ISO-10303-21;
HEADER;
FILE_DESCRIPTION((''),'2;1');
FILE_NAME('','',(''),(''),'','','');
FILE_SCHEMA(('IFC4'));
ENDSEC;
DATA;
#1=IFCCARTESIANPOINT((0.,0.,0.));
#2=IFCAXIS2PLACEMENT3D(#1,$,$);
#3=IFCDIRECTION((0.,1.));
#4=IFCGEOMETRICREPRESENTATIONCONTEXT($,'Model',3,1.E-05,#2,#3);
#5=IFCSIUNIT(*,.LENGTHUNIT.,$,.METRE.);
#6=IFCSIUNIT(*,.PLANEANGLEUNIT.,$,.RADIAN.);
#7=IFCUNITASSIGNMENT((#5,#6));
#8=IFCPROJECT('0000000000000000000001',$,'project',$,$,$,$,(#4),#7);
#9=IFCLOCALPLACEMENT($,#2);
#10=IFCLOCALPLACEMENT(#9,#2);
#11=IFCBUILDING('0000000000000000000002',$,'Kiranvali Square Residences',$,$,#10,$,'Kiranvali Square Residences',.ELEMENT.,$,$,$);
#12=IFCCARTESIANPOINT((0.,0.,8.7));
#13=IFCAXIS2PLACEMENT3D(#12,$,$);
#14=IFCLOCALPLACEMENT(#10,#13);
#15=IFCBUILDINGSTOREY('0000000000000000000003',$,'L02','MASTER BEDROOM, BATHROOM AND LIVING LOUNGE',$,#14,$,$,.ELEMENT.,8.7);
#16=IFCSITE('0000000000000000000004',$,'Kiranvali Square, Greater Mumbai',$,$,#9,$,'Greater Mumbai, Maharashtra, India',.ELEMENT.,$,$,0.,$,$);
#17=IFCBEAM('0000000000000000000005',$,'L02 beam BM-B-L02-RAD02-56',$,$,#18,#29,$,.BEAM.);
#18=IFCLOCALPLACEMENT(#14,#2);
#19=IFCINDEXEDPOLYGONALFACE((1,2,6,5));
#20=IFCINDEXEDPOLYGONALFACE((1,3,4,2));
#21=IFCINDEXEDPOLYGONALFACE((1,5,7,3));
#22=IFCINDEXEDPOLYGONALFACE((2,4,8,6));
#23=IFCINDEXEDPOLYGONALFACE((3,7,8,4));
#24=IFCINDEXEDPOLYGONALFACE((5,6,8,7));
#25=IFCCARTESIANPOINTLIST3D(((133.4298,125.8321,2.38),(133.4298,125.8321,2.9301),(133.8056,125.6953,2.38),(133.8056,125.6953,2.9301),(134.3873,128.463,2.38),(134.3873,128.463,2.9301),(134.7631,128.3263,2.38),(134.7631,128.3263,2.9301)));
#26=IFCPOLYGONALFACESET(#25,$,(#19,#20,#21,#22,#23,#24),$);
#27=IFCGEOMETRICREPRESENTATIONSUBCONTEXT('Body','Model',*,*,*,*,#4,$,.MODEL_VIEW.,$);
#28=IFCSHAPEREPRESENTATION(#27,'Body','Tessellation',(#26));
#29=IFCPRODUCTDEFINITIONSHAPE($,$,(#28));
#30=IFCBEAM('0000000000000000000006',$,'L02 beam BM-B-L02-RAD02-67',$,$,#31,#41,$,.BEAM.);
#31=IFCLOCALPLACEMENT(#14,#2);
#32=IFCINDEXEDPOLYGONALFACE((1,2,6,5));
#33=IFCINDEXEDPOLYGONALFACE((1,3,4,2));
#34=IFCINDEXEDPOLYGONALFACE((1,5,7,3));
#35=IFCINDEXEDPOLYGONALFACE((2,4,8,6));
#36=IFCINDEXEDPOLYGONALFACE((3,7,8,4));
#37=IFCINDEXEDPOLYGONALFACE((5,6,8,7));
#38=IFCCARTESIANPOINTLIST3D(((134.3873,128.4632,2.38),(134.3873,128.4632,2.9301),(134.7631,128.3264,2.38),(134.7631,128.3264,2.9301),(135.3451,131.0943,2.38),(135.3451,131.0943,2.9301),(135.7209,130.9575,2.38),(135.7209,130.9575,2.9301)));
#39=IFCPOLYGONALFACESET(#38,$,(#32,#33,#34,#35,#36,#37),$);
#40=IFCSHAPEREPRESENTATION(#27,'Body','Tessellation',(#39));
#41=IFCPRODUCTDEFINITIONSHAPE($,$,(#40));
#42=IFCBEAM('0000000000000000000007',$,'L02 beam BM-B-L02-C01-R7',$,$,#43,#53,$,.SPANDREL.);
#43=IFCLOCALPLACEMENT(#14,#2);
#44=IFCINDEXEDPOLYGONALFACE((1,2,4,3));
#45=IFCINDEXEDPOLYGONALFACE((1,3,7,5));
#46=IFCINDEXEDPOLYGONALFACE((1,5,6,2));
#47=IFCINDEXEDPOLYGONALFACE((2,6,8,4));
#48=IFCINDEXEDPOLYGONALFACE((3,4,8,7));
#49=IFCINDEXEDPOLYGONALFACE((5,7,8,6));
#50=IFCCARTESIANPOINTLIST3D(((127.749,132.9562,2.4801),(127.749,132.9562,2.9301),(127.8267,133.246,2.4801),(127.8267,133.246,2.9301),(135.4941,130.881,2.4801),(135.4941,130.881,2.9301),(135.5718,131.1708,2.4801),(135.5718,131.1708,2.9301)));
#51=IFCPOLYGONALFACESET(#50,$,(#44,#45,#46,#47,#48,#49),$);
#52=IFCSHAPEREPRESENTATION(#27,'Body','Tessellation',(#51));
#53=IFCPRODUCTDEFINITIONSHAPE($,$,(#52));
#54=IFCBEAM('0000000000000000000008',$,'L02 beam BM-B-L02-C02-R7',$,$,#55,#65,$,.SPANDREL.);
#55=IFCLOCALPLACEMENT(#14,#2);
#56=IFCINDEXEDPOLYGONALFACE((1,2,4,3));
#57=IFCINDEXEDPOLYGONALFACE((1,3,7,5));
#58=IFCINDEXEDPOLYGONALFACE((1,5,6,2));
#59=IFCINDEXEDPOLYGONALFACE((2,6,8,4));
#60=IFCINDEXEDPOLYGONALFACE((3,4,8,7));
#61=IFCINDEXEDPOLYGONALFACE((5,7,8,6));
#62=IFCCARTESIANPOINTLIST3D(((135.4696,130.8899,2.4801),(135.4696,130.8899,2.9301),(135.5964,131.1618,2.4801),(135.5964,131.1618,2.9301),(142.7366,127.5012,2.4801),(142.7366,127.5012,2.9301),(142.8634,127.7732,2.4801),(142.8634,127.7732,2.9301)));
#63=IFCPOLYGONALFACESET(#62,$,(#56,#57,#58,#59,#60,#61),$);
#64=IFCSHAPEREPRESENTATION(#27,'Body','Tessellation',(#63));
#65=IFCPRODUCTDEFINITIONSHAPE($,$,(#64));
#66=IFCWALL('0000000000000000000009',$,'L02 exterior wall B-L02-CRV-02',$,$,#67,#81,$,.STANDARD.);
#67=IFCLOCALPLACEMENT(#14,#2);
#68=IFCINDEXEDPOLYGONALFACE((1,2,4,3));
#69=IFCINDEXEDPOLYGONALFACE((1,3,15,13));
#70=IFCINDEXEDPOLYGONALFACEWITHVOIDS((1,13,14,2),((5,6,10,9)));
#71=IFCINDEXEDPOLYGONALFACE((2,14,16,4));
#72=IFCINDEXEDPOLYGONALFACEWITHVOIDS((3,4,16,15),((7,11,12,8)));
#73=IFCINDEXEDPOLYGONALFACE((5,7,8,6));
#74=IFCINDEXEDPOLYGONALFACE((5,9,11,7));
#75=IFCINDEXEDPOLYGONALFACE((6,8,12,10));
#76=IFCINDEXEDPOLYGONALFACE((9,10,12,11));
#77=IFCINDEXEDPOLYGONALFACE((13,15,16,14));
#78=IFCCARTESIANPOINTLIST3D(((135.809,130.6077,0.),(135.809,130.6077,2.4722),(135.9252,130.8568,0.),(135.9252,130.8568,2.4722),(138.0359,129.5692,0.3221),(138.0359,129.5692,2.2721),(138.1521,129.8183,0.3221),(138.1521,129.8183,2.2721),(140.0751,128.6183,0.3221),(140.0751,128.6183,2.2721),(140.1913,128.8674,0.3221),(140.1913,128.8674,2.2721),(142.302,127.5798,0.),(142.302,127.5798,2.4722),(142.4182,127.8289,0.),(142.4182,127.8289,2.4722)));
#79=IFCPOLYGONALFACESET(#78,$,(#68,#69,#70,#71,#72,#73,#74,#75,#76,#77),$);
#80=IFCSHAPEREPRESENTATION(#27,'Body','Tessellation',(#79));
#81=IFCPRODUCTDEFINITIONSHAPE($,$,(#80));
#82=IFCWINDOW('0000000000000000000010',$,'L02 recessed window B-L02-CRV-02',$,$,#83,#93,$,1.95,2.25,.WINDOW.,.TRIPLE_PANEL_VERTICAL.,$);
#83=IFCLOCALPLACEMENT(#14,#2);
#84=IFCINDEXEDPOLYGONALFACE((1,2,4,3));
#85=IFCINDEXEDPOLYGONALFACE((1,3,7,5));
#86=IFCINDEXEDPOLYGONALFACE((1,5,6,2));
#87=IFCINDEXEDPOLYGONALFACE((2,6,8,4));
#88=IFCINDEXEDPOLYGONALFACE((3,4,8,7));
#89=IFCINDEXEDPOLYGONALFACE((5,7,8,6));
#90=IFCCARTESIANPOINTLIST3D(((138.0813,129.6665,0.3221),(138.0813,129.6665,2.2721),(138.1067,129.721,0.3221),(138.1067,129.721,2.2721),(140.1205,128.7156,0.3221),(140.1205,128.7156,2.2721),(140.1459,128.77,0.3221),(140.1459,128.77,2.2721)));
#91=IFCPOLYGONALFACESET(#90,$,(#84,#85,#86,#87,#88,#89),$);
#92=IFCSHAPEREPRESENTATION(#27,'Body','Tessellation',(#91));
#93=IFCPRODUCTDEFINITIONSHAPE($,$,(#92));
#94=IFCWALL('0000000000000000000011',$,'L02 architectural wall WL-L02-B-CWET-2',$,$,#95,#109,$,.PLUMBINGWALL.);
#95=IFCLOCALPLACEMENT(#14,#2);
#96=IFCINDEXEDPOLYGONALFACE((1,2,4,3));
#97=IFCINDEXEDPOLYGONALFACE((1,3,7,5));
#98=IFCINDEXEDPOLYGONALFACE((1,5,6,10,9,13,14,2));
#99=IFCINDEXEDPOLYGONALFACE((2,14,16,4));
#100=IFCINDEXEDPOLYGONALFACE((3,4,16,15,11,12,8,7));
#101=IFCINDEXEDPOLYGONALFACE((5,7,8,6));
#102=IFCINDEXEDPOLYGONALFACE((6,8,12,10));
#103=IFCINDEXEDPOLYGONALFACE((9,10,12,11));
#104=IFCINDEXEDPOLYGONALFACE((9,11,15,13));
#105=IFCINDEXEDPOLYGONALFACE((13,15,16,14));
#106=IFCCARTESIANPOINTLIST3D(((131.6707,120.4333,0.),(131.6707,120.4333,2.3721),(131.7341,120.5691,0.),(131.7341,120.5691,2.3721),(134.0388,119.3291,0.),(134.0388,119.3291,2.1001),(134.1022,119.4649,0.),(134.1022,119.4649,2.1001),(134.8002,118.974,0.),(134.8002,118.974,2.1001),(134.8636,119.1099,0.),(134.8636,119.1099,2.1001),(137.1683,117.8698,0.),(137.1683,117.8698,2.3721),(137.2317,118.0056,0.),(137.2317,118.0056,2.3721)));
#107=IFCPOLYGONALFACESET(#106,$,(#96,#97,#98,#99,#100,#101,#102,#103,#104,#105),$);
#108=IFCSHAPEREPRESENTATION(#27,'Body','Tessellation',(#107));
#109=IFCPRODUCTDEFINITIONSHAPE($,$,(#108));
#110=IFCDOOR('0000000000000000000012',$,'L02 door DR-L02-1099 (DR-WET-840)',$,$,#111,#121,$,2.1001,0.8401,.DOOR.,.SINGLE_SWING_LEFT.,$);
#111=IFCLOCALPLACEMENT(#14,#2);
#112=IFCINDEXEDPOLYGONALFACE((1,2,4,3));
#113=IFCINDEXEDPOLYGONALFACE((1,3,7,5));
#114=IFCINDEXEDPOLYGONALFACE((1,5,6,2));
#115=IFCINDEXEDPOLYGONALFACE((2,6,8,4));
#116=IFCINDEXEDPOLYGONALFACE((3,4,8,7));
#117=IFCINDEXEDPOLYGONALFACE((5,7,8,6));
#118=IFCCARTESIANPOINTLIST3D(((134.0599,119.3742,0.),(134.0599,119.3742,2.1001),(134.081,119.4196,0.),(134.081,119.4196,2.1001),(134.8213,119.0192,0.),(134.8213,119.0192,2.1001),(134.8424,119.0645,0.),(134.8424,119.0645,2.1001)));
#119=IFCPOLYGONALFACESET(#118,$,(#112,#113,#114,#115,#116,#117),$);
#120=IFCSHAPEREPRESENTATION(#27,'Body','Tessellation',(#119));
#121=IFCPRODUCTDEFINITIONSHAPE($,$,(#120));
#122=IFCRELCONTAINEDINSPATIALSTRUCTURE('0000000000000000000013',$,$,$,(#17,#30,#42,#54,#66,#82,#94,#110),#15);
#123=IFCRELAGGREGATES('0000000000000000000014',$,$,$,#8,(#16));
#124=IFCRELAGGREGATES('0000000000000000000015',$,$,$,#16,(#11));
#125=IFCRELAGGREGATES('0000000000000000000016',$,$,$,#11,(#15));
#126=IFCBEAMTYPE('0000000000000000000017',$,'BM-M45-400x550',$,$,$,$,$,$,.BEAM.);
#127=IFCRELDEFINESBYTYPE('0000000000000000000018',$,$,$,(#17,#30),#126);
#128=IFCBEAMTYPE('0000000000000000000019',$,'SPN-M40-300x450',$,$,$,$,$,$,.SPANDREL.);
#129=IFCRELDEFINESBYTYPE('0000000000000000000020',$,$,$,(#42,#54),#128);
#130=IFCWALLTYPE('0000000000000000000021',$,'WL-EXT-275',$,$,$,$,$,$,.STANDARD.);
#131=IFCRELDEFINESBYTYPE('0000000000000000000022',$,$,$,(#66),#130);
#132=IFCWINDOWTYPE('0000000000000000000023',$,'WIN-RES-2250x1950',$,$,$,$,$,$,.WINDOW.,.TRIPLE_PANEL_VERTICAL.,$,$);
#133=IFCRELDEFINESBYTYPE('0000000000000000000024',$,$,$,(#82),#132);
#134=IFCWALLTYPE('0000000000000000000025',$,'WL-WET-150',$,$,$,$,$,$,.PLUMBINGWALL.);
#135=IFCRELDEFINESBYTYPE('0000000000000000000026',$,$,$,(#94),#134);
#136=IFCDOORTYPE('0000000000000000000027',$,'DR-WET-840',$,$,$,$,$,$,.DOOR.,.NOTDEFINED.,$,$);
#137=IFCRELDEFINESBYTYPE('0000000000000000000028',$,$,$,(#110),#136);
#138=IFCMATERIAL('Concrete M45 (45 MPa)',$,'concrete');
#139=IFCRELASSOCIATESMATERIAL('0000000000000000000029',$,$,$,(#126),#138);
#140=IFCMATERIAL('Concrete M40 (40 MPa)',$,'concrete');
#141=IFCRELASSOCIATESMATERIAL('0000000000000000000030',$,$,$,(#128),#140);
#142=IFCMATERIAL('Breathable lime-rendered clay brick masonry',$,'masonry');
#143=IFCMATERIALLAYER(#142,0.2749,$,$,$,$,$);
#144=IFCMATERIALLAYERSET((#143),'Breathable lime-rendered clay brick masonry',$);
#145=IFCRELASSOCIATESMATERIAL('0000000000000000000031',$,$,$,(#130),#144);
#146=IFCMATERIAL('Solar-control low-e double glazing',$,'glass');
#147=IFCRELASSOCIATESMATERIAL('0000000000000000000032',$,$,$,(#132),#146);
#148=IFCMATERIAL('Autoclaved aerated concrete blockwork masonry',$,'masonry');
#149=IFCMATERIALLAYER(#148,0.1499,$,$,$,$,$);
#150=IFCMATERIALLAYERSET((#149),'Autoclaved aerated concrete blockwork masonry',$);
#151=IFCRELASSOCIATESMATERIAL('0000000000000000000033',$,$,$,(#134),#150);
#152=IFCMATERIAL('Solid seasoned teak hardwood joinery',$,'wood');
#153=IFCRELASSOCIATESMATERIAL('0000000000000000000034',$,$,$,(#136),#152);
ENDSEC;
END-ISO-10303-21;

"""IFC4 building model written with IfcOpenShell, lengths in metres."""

from ifc_helpers import new_model, si_unit, direction, frame, frame_2d, origin, origin_2d, place, context, subcontext, project, spatial, rectangle, extrude, material, layer, layer_set, material_profile, profile_set, type_object, element, fill, save


model = new_model("IFC4")

# Units and contexts
model_context = context("Model", 3, precision=1e-05, world=origin(), true_north=direction((0.0, 1.0)))
body_context = subcontext(model_context, "Body", "Model", "MODEL_VIEW")
ifc_project = project(units=[si_unit("LENGTHUNIT", "METRE"), si_unit("PLANEANGLEUNIT", "RADIAN")], contexts=[model_context])

# Site, building, storey
site_placement = place(None, origin())
site = spatial("IfcSite", under=ifc_project, at=site_placement, Name="Kiranvali Square, Greater Mumbai", LongName="Greater Mumbai, Maharashtra, India", CompositionType="ELEMENT", RefElevation=0.0)
building_placement = place(site_placement, origin())
building = spatial("IfcBuilding", under=site, at=building_placement, Name="Kiranvali Square Residences", LongName="Kiranvali Square Residences", CompositionType="ELEMENT")
storey_placement = place(building_placement, frame((0.0, 0.0, 8.7)))
storey = spatial("IfcBuildingStorey", under=building, at=storey_placement, Name="L02", Description="MASTER BEDROOM, BATHROOM AND LIVING LOUNGE", CompositionType="ELEMENT", Elevation=8.7)

# Beams
ifc_material_1 = material(Name="Concrete M45 (45 MPa)", Category="concrete")
ifc_material_profile_1 = material_profile(ifc_material_1, rectangle(XDim=0.3999, YDim=0.55, at=origin_2d()), Name="RC 400x550")
ifc_profile_set_1 = profile_set([ifc_material_profile_1], Name="Concrete M45 (45 MPa)")
beam_type_1 = type_object("IfcBeamType", Name="BM-M45-400x550", PredefinedType="BEAM", material=ifc_profile_set_1)
beam_1_placement = place(storey_placement, frame((133.6177, 125.7637, 2.655), z_axis=(0.341981, 0.939707, 0.0), x_axis=(-0.939707, 0.341981, 0.0)))
element("IfcBeam", 1, at=beam_1_placement, inside=storey, type_object=beam_type_1, Name="L02 beam BM-B-L02-RAD02-56", PredefinedType="BEAM", context=body_context, shape_type="SweptSolid", body=[
    extrude(rectangle(XDim=0.3999, YDim=0.55, at=origin_2d()), origin(), (0.0, 0.0, 1.0), 2.7998),
])
beam_2_placement = place(storey_placement, frame((134.5752, 128.3948, 2.655), z_axis=(0.342058, 0.939679, 0.0), x_axis=(-0.939679, 0.342058, 0.0)))
element("IfcBeam", 2, at=beam_2_placement, inside=storey, type_object=beam_type_1, Name="L02 beam BM-B-L02-RAD02-67", PredefinedType="BEAM", context=body_context, shape_type="SweptSolid", body=[
    extrude(rectangle(XDim=0.3999, YDim=0.55, at=origin_2d()), origin(), (0.0, 0.0, 1.0), 2.8),
])
ifc_material_2 = material(Name="Concrete M40 (40 MPa)", Category="concrete")
ifc_material_profile_2 = material_profile(ifc_material_2, rectangle(XDim=0.3, YDim=0.45, at=origin_2d()), Name="RC 300x450")
ifc_profile_set_2 = profile_set([ifc_material_profile_2], Name="Concrete M40 (40 MPa)")
beam_type_2 = type_object("IfcBeamType", Name="SPN-M40-300x450", PredefinedType="SPANDREL", material=ifc_profile_set_2)
for number, where, z_axis, x_axis, name in (
    (3, (127.7878, 133.1011, 2.7051), (0.965929, -0.258807, 0.0), (0.258807, 0.965929, 0.0), "L02 beam BM-B-L02-C01-R7"),
    (4, (135.533, 131.0259, 2.7051), (0.906309, -0.422615, 0.0), (0.422615, 0.906309, 0.0), "L02 beam BM-B-L02-C02-R7"),
):
    element("IfcBeam", number, at=place(storey_placement, frame(where, z_axis=z_axis, x_axis=x_axis)), inside=storey, type_object=beam_type_2, Name=name, PredefinedType="SPANDREL", context=body_context, shape_type="SweptSolid", body=[
        extrude(rectangle(XDim=0.3, YDim=0.45, at=origin_2d()), origin(), (0.0, 0.0, 1.0), 8.0183),
    ])

# Shared definitions
ifc_material_3 = material(Name="Breathable lime-rendered clay brick masonry", Category="masonry")
ifc_layer_1 = layer(ifc_material_3, 0.2749)
ifc_layer_set_1 = layer_set([ifc_layer_1], Name="Breathable lime-rendered clay brick masonry")
wall_type_1 = type_object("IfcWallType", Name="WL-EXT-275", PredefinedType="STANDARD", material=ifc_layer_set_1)
ifc_material_4 = material(Name="Solar-control low-e double glazing", Category="glass")

# Wall, opening, window
wall_1_placement = place(storey_placement, frame((135.8672, 130.7322, 0.0), z_axis=(0.0, 0.0, 1.0), x_axis=(0.906301, -0.422634, 0.0)))
wall_1 = element("IfcWall", 5, at=wall_1_placement, inside=storey, type_object=wall_type_1, Name="L02 exterior wall B-L02-CRV-02", PredefinedType="STANDARD", context=body_context, shape_type="SweptSolid", body=[
    extrude(rectangle(XDim=7.1643, YDim=0.2749, at=frame_2d((3.582, 0.0))), origin(), (0.0, 0.0, 1.0), 2.4722),
])
opening_1_placement = place(wall_1_placement, frame((2.457, 0.0, 0.322)))
opening_1 = element("IfcOpeningElement", 6, at=opening_1_placement, cuts=wall_1, PredefinedType="OPENING", context=body_context, shape_type="SweptSolid", body=[
    extrude(rectangle(XDim=2.25, YDim=1.95, at=frame_2d((1.125, 0.9751))), frame((0.0, 0.1475, 0.0), z_axis=(0.0, -1.0, 0.0), x_axis=(1.0, 0.0, 0.0)), (0.0, 0.0, 1.0), 0.2949),
])
window_type_1 = type_object("IfcWindowType", Name="WIN-RES-2250x1950", PartitioningType="TRIPLE_PANEL_VERTICAL", PredefinedType="WINDOW", material=ifc_material_4)
window_1_placement = place(opening_1_placement, origin())
window_1 = element("IfcWindow", 7, at=window_1_placement, inside=storey, type_object=window_type_1, Name="L02 recessed window B-L02-CRV-02", OverallHeight=1.95, OverallWidth=2.25, PartitioningType="TRIPLE_PANEL_VERTICAL", PredefinedType="WINDOW", context=body_context, shape_type="SweptSolid", body=[
    extrude(rectangle(XDim=2.25, YDim=1.95, at=frame_2d((1.125, 0.9751))), frame((0.0, 0.03, 0.0), z_axis=(0.0, -1.0, 0.0), x_axis=(1.0, 0.0, 0.0)), (0.0, 0.0, 1.0), 0.0601),
])
fill(opening_1, window_1)

# Wall, opening, door
ifc_material_5 = material(Name="Autoclaved aerated concrete blockwork masonry", Category="masonry")
ifc_layer_2 = layer(ifc_material_5, 0.1499)
ifc_layer_set_2 = layer_set([ifc_layer_2], Name="Autoclaved aerated concrete blockwork masonry")
wall_type_2 = type_object("IfcWallType", Name="WL-WET-150", PredefinedType="PLUMBINGWALL", material=ifc_layer_set_2)
wall_2_placement = place(storey_placement, frame((131.7024, 120.5012, 0.0), z_axis=(0.0, 0.0, 1.0), x_axis=(0.906313, -0.422608, 0.0)))
wall_2 = element("IfcWall", 8, at=wall_2_placement, inside=storey, type_object=wall_type_2, Name="L02 architectural wall WL-L02-B-CWET-2", PredefinedType="PLUMBINGWALL", context=body_context, shape_type="SweptSolid", body=[
    extrude(rectangle(XDim=6.0659, YDim=0.1499, at=frame_2d((3.033, 0.0))), origin(), (0.0, 0.0, 1.0), 2.3721),
])
opening_2_placement = place(wall_2_placement, frame((2.613, 0.0, 0.0)))
opening_2 = element("IfcOpeningElement", 9, at=opening_2_placement, cuts=wall_2, PredefinedType="OPENING", context=body_context, shape_type="SweptSolid", body=[
    extrude(rectangle(XDim=0.8401, YDim=2.1001, at=frame_2d((0.4199, 1.05))), frame((0.0, 0.085, 0.0), z_axis=(0.0, -1.0, 0.0), x_axis=(1.0, 0.0, 0.0)), (0.0, 0.0, 1.0), 0.1699),
])
ifc_material_6 = material(Name="Solid seasoned teak hardwood joinery", Category="wood")
door_type_1 = type_object("IfcDoorType", Name="DR-WET-840", OperationType="NOTDEFINED", PredefinedType="DOOR", material=ifc_material_6)
door_1_placement = place(opening_2_placement, origin())
door_1 = element("IfcDoor", 10, at=door_1_placement, inside=storey, type_object=door_type_1, Name="L02 door DR-L02-1099 (DR-WET-840)", OperationType="SINGLE_SWING_LEFT", OverallHeight=2.1001, OverallWidth=0.8401, PredefinedType="DOOR", context=body_context, shape_type="SweptSolid", body=[
    extrude(rectangle(XDim=0.8401, YDim=2.1001, at=frame_2d((0.4199, 1.05))), frame((0.0, 0.0249, 0.0), z_axis=(0.0, -1.0, 0.0), x_axis=(1.0, 0.0, 0.0)), (0.0, 0.0, 1.0), 0.05),
])
fill(opening_2, door_1)

save(model, "model.ifc")
